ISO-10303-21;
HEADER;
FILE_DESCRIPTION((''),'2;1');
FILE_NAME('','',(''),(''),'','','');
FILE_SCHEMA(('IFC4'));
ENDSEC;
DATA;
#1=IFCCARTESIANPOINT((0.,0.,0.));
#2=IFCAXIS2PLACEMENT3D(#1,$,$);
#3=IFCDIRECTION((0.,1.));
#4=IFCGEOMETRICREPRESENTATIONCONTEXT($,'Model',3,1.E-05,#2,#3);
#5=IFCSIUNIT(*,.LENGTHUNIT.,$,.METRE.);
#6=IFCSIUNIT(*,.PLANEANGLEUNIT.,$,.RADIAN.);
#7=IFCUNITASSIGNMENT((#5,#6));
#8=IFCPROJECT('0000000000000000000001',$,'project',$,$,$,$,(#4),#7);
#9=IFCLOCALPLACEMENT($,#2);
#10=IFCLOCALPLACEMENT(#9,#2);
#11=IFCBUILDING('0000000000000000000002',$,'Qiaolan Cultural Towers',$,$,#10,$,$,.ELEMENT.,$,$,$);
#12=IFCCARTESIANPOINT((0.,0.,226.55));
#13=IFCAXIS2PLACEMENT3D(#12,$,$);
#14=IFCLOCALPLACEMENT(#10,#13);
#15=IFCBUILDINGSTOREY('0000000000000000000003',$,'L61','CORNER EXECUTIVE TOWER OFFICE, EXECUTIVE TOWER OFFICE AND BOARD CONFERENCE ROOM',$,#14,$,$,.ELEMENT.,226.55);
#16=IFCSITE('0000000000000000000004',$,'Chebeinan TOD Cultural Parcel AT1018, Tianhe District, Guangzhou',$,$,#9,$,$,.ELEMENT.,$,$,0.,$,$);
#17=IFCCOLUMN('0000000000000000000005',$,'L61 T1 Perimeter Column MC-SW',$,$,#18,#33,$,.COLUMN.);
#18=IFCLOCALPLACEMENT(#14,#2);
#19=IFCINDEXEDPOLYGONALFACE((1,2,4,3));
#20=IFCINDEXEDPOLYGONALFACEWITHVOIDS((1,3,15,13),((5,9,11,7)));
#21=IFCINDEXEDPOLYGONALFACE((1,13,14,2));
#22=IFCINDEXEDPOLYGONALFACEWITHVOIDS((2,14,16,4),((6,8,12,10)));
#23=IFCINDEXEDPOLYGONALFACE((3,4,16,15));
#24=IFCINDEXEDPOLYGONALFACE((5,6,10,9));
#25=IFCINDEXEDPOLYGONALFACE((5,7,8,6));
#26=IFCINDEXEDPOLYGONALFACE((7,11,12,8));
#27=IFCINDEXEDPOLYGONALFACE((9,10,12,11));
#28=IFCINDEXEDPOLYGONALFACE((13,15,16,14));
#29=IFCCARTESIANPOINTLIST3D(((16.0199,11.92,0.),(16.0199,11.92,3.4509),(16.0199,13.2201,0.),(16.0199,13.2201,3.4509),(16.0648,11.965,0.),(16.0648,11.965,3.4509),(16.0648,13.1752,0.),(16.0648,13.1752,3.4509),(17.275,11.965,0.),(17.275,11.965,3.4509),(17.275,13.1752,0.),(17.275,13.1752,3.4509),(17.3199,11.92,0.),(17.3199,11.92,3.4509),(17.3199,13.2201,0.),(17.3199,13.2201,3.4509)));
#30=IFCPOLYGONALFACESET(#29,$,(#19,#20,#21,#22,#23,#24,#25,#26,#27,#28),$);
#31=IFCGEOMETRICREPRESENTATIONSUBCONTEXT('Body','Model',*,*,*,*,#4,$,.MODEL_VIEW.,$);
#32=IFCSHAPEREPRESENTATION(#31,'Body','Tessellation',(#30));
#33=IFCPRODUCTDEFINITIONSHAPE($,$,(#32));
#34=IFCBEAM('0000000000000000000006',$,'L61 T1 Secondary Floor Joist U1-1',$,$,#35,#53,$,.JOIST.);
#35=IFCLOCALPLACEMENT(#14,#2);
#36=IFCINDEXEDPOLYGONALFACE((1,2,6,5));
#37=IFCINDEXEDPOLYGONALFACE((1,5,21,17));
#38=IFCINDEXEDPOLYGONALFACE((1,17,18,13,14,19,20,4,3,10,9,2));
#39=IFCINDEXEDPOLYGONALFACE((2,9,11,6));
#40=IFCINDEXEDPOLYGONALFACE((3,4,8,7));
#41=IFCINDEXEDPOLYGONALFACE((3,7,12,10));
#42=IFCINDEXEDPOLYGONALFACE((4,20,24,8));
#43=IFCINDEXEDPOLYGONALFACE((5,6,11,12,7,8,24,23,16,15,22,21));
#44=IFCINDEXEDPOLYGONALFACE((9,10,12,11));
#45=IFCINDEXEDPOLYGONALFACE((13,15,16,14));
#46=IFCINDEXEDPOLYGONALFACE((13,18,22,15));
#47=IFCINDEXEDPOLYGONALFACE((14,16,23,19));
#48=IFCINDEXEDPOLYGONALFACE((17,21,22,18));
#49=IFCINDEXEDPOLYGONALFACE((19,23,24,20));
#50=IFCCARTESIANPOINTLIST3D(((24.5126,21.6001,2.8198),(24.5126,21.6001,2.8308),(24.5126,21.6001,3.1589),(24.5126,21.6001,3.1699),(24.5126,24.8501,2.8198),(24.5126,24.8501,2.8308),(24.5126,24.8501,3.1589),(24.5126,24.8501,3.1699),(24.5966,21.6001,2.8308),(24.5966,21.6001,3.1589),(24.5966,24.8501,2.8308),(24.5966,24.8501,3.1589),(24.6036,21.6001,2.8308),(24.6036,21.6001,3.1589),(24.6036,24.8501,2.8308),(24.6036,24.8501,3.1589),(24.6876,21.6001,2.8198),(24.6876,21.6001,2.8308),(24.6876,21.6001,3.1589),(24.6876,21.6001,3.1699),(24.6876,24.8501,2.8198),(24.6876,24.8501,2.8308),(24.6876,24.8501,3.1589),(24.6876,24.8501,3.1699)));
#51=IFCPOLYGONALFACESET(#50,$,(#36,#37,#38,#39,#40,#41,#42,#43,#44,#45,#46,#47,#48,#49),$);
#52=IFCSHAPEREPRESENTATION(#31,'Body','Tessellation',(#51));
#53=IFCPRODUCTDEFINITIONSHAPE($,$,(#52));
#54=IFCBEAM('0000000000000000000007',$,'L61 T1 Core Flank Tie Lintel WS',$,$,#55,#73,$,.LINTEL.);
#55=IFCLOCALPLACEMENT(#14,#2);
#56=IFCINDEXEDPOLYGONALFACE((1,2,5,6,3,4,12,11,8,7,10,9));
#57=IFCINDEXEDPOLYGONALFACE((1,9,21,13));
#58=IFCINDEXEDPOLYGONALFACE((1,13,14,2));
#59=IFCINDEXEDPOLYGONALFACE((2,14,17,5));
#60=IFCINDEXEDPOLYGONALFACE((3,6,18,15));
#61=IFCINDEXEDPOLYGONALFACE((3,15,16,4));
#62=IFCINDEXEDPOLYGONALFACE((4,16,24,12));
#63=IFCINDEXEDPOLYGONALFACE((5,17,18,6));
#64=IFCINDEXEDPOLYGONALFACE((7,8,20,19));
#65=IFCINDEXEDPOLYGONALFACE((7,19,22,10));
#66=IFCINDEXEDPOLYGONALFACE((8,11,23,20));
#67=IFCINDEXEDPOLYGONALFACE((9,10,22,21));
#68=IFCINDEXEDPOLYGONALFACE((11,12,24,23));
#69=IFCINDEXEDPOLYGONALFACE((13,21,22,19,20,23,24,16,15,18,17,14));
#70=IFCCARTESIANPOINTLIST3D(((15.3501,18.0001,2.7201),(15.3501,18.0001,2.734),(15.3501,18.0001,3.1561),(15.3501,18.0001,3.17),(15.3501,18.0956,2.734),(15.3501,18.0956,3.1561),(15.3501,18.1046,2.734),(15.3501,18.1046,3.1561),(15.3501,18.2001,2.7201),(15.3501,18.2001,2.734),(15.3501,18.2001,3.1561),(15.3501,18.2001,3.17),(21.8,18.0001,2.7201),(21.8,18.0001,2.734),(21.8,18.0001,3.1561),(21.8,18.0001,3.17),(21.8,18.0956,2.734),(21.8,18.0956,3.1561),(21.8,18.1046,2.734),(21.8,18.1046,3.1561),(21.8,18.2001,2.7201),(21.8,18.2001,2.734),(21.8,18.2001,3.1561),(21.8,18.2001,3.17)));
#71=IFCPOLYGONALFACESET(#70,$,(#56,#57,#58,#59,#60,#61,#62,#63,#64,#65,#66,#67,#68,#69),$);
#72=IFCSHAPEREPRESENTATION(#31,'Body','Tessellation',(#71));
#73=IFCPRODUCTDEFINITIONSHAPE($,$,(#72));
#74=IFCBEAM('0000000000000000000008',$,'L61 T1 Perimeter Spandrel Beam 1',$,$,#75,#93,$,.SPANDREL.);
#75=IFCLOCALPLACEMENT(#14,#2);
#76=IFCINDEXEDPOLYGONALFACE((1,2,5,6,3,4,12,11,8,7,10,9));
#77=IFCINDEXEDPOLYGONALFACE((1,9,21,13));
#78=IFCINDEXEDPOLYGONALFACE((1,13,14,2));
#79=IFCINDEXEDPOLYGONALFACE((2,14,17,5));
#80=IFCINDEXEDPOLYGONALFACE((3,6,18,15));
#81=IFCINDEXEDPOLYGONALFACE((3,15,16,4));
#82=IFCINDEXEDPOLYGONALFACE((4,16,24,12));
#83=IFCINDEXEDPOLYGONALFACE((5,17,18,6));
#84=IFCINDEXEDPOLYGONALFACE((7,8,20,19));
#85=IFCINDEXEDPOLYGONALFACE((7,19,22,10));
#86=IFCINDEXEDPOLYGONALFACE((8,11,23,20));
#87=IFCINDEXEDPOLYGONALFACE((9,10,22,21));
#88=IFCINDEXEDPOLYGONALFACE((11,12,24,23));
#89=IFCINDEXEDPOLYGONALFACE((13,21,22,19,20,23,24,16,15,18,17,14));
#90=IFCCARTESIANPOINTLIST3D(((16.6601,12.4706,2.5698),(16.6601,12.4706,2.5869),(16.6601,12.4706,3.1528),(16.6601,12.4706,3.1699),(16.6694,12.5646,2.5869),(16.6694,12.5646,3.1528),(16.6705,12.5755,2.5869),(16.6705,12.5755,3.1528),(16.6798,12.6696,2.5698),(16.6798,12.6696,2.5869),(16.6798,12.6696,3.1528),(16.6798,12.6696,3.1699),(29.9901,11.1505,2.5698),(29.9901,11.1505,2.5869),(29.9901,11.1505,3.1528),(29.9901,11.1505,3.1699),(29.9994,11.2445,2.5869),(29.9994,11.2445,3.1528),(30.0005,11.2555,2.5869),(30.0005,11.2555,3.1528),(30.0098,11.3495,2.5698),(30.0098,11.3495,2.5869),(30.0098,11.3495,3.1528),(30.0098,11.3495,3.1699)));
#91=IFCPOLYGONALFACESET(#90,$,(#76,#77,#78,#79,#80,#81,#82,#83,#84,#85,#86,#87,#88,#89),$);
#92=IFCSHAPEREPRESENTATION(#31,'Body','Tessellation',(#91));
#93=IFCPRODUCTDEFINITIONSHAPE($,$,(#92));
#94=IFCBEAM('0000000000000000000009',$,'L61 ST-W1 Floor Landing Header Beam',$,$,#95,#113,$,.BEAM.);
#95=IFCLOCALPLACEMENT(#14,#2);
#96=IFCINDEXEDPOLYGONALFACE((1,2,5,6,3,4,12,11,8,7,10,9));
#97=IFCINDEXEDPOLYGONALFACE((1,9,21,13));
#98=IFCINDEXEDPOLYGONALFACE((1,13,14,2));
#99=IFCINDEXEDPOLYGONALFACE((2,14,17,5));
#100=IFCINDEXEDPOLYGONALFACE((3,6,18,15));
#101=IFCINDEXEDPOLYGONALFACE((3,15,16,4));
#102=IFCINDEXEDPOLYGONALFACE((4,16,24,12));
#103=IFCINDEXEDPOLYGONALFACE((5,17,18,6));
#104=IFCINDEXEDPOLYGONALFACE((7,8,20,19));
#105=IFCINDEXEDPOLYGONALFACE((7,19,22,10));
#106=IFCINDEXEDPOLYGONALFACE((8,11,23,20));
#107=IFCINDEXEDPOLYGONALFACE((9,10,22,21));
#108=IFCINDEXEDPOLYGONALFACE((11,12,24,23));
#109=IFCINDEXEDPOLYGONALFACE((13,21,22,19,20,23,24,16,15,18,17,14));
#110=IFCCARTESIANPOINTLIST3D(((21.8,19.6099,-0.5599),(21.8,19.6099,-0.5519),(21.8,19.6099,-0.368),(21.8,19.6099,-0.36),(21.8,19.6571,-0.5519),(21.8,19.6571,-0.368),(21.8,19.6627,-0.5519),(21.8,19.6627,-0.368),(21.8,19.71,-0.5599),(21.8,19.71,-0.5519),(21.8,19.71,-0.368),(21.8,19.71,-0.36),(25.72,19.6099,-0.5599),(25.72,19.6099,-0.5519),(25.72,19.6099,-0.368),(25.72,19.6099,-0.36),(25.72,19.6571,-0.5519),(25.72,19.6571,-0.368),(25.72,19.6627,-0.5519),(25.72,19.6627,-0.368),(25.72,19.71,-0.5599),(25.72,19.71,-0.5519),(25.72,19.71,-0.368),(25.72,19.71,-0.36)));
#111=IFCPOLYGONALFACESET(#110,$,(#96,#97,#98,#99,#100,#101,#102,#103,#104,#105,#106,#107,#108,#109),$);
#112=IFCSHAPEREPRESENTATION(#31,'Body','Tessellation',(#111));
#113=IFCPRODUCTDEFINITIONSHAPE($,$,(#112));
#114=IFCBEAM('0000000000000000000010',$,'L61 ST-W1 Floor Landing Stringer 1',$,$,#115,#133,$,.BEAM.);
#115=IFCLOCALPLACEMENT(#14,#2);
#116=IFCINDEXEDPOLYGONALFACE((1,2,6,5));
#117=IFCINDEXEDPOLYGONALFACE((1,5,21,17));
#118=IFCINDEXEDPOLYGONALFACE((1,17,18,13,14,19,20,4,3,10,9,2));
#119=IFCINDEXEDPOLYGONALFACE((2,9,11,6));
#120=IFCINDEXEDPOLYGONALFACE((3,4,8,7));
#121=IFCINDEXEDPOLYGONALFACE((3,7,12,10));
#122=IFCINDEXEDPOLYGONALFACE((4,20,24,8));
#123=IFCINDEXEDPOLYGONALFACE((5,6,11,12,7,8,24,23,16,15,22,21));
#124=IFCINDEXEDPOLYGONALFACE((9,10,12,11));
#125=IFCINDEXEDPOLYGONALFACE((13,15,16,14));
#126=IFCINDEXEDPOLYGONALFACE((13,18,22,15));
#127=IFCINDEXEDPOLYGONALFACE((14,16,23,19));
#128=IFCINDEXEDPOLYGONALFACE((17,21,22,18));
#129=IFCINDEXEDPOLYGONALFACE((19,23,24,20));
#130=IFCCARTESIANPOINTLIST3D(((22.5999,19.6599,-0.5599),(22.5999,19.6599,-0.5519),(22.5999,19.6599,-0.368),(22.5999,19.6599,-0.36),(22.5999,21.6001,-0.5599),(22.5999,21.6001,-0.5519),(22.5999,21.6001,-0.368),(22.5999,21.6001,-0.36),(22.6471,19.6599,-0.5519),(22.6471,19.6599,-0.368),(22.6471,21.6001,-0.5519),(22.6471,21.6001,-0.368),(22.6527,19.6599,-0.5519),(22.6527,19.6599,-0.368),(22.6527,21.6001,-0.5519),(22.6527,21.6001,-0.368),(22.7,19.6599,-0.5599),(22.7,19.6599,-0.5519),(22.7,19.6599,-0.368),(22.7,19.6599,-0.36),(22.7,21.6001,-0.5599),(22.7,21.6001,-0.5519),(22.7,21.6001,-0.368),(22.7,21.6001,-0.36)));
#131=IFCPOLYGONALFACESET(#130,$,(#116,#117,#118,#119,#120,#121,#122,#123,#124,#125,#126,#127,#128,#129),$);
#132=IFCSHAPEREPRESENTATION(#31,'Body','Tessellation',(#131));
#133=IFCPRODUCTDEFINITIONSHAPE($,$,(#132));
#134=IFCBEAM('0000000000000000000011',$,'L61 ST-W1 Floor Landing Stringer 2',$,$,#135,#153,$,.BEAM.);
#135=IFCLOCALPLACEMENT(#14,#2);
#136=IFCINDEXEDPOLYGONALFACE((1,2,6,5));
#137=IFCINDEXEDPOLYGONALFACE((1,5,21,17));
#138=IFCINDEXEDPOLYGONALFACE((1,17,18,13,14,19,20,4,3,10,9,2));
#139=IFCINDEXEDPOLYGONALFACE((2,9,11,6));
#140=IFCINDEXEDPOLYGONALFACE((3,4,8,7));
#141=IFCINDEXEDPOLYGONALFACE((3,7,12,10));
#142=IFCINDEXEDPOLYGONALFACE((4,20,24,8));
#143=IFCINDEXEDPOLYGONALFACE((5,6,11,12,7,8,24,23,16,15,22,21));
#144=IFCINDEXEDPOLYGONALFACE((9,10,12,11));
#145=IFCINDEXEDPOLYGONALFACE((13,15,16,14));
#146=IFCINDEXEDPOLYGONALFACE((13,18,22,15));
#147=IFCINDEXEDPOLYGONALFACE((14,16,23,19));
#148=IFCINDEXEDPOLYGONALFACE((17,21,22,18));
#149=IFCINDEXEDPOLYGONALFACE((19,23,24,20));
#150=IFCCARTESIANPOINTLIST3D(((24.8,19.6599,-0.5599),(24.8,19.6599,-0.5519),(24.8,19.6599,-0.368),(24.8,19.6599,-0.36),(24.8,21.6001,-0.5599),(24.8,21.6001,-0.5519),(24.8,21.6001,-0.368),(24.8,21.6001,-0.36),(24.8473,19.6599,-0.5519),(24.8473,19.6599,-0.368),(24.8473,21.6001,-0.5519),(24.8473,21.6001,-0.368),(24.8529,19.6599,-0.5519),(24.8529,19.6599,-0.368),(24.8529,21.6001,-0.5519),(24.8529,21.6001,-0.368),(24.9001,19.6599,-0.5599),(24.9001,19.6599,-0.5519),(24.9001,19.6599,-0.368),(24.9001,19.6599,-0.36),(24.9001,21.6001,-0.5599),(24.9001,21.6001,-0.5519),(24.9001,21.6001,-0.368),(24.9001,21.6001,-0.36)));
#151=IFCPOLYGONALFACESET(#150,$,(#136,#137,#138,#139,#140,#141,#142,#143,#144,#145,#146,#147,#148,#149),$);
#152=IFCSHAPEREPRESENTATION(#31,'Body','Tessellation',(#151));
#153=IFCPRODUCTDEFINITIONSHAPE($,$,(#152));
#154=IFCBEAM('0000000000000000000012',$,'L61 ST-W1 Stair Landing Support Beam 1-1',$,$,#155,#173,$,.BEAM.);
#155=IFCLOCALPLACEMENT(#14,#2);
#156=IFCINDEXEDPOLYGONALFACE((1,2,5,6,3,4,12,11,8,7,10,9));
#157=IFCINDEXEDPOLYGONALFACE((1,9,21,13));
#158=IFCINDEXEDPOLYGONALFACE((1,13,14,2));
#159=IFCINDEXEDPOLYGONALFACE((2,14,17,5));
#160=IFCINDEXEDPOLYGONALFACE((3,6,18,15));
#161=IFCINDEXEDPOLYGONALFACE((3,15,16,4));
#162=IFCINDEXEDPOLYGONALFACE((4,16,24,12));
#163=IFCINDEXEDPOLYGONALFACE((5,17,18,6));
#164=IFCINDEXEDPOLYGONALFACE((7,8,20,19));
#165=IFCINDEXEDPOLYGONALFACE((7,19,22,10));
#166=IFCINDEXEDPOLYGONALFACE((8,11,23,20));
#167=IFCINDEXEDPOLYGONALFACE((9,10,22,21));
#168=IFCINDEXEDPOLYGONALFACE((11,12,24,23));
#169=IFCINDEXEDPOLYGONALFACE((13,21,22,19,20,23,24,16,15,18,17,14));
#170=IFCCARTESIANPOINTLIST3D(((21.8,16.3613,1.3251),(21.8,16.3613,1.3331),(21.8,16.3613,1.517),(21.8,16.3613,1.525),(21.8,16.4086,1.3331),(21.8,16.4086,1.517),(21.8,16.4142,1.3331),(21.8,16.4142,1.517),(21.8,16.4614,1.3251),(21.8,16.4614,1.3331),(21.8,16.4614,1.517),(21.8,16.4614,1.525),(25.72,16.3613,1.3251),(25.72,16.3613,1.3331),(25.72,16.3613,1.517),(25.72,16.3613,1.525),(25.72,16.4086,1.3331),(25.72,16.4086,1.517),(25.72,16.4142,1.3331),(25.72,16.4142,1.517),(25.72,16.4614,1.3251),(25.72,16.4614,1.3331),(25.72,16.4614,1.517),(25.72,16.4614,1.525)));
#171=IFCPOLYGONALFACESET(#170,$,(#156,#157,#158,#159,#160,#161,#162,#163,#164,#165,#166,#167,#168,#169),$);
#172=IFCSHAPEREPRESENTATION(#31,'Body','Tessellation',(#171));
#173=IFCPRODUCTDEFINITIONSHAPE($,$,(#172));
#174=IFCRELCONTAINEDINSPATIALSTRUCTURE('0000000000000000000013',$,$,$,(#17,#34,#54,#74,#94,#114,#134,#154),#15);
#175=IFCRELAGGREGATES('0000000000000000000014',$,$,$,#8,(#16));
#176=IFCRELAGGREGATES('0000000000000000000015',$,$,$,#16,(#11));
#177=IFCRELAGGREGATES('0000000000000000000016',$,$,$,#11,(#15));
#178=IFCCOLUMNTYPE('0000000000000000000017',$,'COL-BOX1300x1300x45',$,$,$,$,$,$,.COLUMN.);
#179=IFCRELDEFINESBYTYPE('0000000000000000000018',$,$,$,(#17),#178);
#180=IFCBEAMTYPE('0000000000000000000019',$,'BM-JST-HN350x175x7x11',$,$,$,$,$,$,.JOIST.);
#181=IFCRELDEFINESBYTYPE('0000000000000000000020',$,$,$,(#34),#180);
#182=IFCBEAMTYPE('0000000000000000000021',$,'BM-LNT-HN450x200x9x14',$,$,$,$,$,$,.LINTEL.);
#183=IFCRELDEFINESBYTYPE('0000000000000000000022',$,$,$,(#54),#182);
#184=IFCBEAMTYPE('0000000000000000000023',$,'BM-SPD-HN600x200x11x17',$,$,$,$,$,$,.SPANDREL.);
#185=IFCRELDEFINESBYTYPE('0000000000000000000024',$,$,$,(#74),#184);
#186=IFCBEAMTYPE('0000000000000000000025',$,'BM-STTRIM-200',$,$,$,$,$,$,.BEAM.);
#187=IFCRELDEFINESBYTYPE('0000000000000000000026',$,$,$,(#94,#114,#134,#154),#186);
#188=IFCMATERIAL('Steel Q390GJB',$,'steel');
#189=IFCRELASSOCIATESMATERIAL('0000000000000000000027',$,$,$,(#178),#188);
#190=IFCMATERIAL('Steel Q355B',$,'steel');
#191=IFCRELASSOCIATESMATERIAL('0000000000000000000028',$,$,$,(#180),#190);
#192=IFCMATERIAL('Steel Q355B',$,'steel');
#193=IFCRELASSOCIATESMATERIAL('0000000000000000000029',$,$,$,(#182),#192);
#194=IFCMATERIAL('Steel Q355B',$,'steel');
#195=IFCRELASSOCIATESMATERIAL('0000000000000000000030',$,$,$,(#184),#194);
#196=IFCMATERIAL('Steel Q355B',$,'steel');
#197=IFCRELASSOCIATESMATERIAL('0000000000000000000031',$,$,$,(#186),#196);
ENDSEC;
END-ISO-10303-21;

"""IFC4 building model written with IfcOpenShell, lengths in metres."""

from ifc_helpers import new_model, si_unit, direction, frame, origin, origin_2d, place, context, subcontext, project, spatial, hollow_rectangle, i_section, extrude, material, material_profile, profile_set, type_object, element, save


model = new_model("IFC4")

# Units and contexts
model_context = context("Model", 3, precision=1e-05, world=origin(), true_north=direction((0.0, 1.0)))
body_context = subcontext(model_context, "Body", "Model", "MODEL_VIEW")
ifc_project = project(units=[si_unit("LENGTHUNIT", "METRE"), si_unit("PLANEANGLEUNIT", "RADIAN")], contexts=[model_context])

# Site, building, storey
site_placement = place(None, origin())
site = spatial("IfcSite", under=ifc_project, at=site_placement, Name="Chebeinan TOD Cultural Parcel AT1018, Tianhe District, Guangzhou", CompositionType="ELEMENT", RefElevation=0.0)
building_placement = place(site_placement, origin())
building = spatial("IfcBuilding", under=site, at=building_placement, Name="Qiaolan Cultural Towers", CompositionType="ELEMENT")
storey_placement = place(building_placement, frame((0.0, 0.0, 226.55)))
storey = spatial("IfcBuildingStorey", under=building, at=storey_placement, Name="L61", Description="CORNER EXECUTIVE TOWER OFFICE, EXECUTIVE TOWER OFFICE AND BOARD CONFERENCE ROOM", CompositionType="ELEMENT", Elevation=226.55)

# Column
ifc_material_1 = material(Name="Steel Q390GJB", Category="steel")
ifc_material_profile_1 = material_profile(ifc_material_1, hollow_rectangle(XDim=1.3, YDim=1.3, WallThickness=0.0449, at=origin_2d()), Name="BOX1300x1300x45")
ifc_profile_set_1 = profile_set([ifc_material_profile_1], Name="Steel Q390GJB")
column_type = type_object("IfcColumnType", Name="COL-BOX1300x1300x45", PredefinedType="COLUMN", material=ifc_profile_set_1)
column_placement = place(storey_placement, frame((16.6699, 12.5701, 0.0), z_axis=(0.0, 0.0, 1.0), x_axis=(1.0, 0.0, 0.0)))
element("IfcColumn", 1, at=column_placement, inside=storey, type_object=column_type, Name="L61 T1 Perimeter Column MC-SW", PredefinedType="COLUMN", context=body_context, shape_type="SweptSolid", body=[
    extrude(hollow_rectangle(XDim=1.3, YDim=1.3, WallThickness=0.0449, at=origin_2d()), origin(), (0.0, 0.0, 1.0), 3.4509),
])

# Beams
ifc_material_2 = material(Name="Steel Q355B", Category="steel")
ifc_material_profile_2 = material_profile(ifc_material_2, i_section(OverallWidth=0.175, OverallDepth=0.3501, WebThickness=0.0071, FlangeThickness=0.011, at=origin_2d()), Name="HN350x175x7x11")
ifc_profile_set_2 = profile_set([ifc_material_profile_2], Name="Steel Q355B")
beam_type_1 = type_object("IfcBeamType", Name="BM-JST-HN350x175x7x11", PredefinedType="JOIST", material=ifc_profile_set_2)
beam_1_placement = place(storey_placement, frame((24.6001, 21.6001, 2.9949), z_axis=(0.0, 1.0, 0.0), x_axis=(-1.0, 0.0, 0.0)))
element("IfcBeam", 2, at=beam_1_placement, inside=storey, type_object=beam_type_1, Name="L61 T1 Secondary Floor Joist U1-1", PredefinedType="JOIST", context=body_context, shape_type="SweptSolid", body=[
    extrude(i_section(OverallWidth=0.175, OverallDepth=0.3501, WebThickness=0.0071, FlangeThickness=0.011, at=origin_2d()), origin(), (0.0, 0.0, 1.0), 3.25),
])
ifc_material_3 = material(Name="Steel Q355B", Category="steel")
ifc_material_profile_3 = material_profile(ifc_material_3, i_section(OverallWidth=0.2, OverallDepth=0.45, WebThickness=0.009, FlangeThickness=0.0139, at=origin_2d()), Name="HN450x200x9x14")
ifc_profile_set_3 = profile_set([ifc_material_profile_3], Name="Steel Q355B")
beam_type_2 = type_object("IfcBeamType", Name="BM-LNT-HN450x200x9x14", PredefinedType="LINTEL", material=ifc_profile_set_3)
beam_2_placement = place(storey_placement, frame((21.8, 18.1001, 2.9451), z_axis=(-1.0, 0.0, 0.0), x_axis=(0.0, -1.0, 0.0)))
element("IfcBeam", 3, at=beam_2_placement, inside=storey, type_object=beam_type_2, Name="L61 T1 Core Flank Tie Lintel WS", PredefinedType="LINTEL", context=body_context, shape_type="SweptSolid", body=[
    extrude(i_section(OverallWidth=0.2, OverallDepth=0.45, WebThickness=0.009, FlangeThickness=0.0139, at=origin_2d()), origin(), (0.0, 0.0, 1.0), 6.45),
])
ifc_material_4 = material(Name="Steel Q355B", Category="steel")
ifc_material_profile_4 = material_profile(ifc_material_4, i_section(OverallWidth=0.2, OverallDepth=0.6001, WebThickness=0.011, FlangeThickness=0.0171, at=origin_2d()), Name="HN600x200x11x17")
ifc_profile_set_4 = profile_set([ifc_material_profile_4], Name="Steel Q355B")
beam_type_3 = type_object("IfcBeamType", Name="BM-SPD-HN600x200x11x17", PredefinedType="SPANDREL", material=ifc_profile_set_4)
beam_3_placement = place(storey_placement, frame((16.6699, 12.5701, 2.8699), z_axis=(0.995132, -0.098547, 0.0), x_axis=(0.098547, 0.995132, 0.0)))
element("IfcBeam", 4, at=beam_3_placement, inside=storey, type_object=beam_type_3, Name="L61 T1 Perimeter Spandrel Beam 1", PredefinedType="SPANDREL", context=body_context, shape_type="SweptSolid", body=[
    extrude(i_section(OverallWidth=0.2, OverallDepth=0.6001, WebThickness=0.011, FlangeThickness=0.0171, at=origin_2d()), origin(), (0.0, 0.0, 1.0), 13.3953),
])
ifc_material_5 = material(Name="Steel Q355B", Category="steel")
ifc_material_profile_5 = material_profile(ifc_material_5, i_section(OverallWidth=0.1001, OverallDepth=0.2, WebThickness=0.0056, FlangeThickness=0.0081, at=origin_2d()), Name="HN200x100x5.5x8")
ifc_profile_set_5 = profile_set([ifc_material_profile_5], Name="Steel Q355B")
beam_type_4 = type_object("IfcBeamType", Name="BM-STTRIM-200", PredefinedType="BEAM", material=ifc_profile_set_5)
beam_4_placement = place(storey_placement, frame((21.8, 19.6599, -0.46), z_axis=(1.0, 0.0, 0.0), x_axis=(0.0, 1.0, 0.0)))
element("IfcBeam", 5, at=beam_4_placement, inside=storey, type_object=beam_type_4, Name="L61 ST-W1 Floor Landing Header Beam", PredefinedType="BEAM", context=body_context, shape_type="SweptSolid", body=[
    extrude(i_section(OverallWidth=0.1001, OverallDepth=0.2, WebThickness=0.0056, FlangeThickness=0.0081, at=origin_2d()), origin(), (0.0, 0.0, 1.0), 3.9199),
])
for number, where, z_axis, x_axis, name in (
    (6, (22.6499, 21.6001, -0.46), (0.0, -1.0, 0.0), (1.0, 0.0, 0.0), "L61 ST-W1 Floor Landing Stringer 1"),
    (7, (24.8501, 21.6001, -0.46), (0.0, -1.0, 0.0), (1.0, 0.0, 0.0), "L61 ST-W1 Floor Landing Stringer 2"),
):
    element("IfcBeam", number, at=place(storey_placement, frame(where, z_axis=z_axis, x_axis=x_axis)), inside=storey, type_object=beam_type_4, Name=name, PredefinedType="BEAM", context=body_context, shape_type="SweptSolid", body=[
        extrude(i_section(OverallWidth=0.1001, OverallDepth=0.2, WebThickness=0.0056, FlangeThickness=0.0081, at=origin_2d()), origin(), (0.0, 0.0, 1.0), 1.9402),
    ])
for number, where, z_axis, x_axis, name in (
    (8, (21.8, 16.4114, 1.425), (1.0, 0.0, 0.0), (0.0, 1.0, 0.0), "L61 ST-W1 Stair Landing Support Beam 1-1"),
):
    element("IfcBeam", number, at=place(storey_placement, frame(where, z_axis=z_axis, x_axis=x_axis)), inside=storey, type_object=beam_type_4, Name=name, PredefinedType="BEAM", context=body_context, shape_type="SweptSolid", body=[
        extrude(i_section(OverallWidth=0.1001, OverallDepth=0.2, WebThickness=0.0056, FlangeThickness=0.0081, at=origin_2d()), origin(), (0.0, 0.0, 1.0), 3.9199),
    ])

save(model, "model.ifc")
